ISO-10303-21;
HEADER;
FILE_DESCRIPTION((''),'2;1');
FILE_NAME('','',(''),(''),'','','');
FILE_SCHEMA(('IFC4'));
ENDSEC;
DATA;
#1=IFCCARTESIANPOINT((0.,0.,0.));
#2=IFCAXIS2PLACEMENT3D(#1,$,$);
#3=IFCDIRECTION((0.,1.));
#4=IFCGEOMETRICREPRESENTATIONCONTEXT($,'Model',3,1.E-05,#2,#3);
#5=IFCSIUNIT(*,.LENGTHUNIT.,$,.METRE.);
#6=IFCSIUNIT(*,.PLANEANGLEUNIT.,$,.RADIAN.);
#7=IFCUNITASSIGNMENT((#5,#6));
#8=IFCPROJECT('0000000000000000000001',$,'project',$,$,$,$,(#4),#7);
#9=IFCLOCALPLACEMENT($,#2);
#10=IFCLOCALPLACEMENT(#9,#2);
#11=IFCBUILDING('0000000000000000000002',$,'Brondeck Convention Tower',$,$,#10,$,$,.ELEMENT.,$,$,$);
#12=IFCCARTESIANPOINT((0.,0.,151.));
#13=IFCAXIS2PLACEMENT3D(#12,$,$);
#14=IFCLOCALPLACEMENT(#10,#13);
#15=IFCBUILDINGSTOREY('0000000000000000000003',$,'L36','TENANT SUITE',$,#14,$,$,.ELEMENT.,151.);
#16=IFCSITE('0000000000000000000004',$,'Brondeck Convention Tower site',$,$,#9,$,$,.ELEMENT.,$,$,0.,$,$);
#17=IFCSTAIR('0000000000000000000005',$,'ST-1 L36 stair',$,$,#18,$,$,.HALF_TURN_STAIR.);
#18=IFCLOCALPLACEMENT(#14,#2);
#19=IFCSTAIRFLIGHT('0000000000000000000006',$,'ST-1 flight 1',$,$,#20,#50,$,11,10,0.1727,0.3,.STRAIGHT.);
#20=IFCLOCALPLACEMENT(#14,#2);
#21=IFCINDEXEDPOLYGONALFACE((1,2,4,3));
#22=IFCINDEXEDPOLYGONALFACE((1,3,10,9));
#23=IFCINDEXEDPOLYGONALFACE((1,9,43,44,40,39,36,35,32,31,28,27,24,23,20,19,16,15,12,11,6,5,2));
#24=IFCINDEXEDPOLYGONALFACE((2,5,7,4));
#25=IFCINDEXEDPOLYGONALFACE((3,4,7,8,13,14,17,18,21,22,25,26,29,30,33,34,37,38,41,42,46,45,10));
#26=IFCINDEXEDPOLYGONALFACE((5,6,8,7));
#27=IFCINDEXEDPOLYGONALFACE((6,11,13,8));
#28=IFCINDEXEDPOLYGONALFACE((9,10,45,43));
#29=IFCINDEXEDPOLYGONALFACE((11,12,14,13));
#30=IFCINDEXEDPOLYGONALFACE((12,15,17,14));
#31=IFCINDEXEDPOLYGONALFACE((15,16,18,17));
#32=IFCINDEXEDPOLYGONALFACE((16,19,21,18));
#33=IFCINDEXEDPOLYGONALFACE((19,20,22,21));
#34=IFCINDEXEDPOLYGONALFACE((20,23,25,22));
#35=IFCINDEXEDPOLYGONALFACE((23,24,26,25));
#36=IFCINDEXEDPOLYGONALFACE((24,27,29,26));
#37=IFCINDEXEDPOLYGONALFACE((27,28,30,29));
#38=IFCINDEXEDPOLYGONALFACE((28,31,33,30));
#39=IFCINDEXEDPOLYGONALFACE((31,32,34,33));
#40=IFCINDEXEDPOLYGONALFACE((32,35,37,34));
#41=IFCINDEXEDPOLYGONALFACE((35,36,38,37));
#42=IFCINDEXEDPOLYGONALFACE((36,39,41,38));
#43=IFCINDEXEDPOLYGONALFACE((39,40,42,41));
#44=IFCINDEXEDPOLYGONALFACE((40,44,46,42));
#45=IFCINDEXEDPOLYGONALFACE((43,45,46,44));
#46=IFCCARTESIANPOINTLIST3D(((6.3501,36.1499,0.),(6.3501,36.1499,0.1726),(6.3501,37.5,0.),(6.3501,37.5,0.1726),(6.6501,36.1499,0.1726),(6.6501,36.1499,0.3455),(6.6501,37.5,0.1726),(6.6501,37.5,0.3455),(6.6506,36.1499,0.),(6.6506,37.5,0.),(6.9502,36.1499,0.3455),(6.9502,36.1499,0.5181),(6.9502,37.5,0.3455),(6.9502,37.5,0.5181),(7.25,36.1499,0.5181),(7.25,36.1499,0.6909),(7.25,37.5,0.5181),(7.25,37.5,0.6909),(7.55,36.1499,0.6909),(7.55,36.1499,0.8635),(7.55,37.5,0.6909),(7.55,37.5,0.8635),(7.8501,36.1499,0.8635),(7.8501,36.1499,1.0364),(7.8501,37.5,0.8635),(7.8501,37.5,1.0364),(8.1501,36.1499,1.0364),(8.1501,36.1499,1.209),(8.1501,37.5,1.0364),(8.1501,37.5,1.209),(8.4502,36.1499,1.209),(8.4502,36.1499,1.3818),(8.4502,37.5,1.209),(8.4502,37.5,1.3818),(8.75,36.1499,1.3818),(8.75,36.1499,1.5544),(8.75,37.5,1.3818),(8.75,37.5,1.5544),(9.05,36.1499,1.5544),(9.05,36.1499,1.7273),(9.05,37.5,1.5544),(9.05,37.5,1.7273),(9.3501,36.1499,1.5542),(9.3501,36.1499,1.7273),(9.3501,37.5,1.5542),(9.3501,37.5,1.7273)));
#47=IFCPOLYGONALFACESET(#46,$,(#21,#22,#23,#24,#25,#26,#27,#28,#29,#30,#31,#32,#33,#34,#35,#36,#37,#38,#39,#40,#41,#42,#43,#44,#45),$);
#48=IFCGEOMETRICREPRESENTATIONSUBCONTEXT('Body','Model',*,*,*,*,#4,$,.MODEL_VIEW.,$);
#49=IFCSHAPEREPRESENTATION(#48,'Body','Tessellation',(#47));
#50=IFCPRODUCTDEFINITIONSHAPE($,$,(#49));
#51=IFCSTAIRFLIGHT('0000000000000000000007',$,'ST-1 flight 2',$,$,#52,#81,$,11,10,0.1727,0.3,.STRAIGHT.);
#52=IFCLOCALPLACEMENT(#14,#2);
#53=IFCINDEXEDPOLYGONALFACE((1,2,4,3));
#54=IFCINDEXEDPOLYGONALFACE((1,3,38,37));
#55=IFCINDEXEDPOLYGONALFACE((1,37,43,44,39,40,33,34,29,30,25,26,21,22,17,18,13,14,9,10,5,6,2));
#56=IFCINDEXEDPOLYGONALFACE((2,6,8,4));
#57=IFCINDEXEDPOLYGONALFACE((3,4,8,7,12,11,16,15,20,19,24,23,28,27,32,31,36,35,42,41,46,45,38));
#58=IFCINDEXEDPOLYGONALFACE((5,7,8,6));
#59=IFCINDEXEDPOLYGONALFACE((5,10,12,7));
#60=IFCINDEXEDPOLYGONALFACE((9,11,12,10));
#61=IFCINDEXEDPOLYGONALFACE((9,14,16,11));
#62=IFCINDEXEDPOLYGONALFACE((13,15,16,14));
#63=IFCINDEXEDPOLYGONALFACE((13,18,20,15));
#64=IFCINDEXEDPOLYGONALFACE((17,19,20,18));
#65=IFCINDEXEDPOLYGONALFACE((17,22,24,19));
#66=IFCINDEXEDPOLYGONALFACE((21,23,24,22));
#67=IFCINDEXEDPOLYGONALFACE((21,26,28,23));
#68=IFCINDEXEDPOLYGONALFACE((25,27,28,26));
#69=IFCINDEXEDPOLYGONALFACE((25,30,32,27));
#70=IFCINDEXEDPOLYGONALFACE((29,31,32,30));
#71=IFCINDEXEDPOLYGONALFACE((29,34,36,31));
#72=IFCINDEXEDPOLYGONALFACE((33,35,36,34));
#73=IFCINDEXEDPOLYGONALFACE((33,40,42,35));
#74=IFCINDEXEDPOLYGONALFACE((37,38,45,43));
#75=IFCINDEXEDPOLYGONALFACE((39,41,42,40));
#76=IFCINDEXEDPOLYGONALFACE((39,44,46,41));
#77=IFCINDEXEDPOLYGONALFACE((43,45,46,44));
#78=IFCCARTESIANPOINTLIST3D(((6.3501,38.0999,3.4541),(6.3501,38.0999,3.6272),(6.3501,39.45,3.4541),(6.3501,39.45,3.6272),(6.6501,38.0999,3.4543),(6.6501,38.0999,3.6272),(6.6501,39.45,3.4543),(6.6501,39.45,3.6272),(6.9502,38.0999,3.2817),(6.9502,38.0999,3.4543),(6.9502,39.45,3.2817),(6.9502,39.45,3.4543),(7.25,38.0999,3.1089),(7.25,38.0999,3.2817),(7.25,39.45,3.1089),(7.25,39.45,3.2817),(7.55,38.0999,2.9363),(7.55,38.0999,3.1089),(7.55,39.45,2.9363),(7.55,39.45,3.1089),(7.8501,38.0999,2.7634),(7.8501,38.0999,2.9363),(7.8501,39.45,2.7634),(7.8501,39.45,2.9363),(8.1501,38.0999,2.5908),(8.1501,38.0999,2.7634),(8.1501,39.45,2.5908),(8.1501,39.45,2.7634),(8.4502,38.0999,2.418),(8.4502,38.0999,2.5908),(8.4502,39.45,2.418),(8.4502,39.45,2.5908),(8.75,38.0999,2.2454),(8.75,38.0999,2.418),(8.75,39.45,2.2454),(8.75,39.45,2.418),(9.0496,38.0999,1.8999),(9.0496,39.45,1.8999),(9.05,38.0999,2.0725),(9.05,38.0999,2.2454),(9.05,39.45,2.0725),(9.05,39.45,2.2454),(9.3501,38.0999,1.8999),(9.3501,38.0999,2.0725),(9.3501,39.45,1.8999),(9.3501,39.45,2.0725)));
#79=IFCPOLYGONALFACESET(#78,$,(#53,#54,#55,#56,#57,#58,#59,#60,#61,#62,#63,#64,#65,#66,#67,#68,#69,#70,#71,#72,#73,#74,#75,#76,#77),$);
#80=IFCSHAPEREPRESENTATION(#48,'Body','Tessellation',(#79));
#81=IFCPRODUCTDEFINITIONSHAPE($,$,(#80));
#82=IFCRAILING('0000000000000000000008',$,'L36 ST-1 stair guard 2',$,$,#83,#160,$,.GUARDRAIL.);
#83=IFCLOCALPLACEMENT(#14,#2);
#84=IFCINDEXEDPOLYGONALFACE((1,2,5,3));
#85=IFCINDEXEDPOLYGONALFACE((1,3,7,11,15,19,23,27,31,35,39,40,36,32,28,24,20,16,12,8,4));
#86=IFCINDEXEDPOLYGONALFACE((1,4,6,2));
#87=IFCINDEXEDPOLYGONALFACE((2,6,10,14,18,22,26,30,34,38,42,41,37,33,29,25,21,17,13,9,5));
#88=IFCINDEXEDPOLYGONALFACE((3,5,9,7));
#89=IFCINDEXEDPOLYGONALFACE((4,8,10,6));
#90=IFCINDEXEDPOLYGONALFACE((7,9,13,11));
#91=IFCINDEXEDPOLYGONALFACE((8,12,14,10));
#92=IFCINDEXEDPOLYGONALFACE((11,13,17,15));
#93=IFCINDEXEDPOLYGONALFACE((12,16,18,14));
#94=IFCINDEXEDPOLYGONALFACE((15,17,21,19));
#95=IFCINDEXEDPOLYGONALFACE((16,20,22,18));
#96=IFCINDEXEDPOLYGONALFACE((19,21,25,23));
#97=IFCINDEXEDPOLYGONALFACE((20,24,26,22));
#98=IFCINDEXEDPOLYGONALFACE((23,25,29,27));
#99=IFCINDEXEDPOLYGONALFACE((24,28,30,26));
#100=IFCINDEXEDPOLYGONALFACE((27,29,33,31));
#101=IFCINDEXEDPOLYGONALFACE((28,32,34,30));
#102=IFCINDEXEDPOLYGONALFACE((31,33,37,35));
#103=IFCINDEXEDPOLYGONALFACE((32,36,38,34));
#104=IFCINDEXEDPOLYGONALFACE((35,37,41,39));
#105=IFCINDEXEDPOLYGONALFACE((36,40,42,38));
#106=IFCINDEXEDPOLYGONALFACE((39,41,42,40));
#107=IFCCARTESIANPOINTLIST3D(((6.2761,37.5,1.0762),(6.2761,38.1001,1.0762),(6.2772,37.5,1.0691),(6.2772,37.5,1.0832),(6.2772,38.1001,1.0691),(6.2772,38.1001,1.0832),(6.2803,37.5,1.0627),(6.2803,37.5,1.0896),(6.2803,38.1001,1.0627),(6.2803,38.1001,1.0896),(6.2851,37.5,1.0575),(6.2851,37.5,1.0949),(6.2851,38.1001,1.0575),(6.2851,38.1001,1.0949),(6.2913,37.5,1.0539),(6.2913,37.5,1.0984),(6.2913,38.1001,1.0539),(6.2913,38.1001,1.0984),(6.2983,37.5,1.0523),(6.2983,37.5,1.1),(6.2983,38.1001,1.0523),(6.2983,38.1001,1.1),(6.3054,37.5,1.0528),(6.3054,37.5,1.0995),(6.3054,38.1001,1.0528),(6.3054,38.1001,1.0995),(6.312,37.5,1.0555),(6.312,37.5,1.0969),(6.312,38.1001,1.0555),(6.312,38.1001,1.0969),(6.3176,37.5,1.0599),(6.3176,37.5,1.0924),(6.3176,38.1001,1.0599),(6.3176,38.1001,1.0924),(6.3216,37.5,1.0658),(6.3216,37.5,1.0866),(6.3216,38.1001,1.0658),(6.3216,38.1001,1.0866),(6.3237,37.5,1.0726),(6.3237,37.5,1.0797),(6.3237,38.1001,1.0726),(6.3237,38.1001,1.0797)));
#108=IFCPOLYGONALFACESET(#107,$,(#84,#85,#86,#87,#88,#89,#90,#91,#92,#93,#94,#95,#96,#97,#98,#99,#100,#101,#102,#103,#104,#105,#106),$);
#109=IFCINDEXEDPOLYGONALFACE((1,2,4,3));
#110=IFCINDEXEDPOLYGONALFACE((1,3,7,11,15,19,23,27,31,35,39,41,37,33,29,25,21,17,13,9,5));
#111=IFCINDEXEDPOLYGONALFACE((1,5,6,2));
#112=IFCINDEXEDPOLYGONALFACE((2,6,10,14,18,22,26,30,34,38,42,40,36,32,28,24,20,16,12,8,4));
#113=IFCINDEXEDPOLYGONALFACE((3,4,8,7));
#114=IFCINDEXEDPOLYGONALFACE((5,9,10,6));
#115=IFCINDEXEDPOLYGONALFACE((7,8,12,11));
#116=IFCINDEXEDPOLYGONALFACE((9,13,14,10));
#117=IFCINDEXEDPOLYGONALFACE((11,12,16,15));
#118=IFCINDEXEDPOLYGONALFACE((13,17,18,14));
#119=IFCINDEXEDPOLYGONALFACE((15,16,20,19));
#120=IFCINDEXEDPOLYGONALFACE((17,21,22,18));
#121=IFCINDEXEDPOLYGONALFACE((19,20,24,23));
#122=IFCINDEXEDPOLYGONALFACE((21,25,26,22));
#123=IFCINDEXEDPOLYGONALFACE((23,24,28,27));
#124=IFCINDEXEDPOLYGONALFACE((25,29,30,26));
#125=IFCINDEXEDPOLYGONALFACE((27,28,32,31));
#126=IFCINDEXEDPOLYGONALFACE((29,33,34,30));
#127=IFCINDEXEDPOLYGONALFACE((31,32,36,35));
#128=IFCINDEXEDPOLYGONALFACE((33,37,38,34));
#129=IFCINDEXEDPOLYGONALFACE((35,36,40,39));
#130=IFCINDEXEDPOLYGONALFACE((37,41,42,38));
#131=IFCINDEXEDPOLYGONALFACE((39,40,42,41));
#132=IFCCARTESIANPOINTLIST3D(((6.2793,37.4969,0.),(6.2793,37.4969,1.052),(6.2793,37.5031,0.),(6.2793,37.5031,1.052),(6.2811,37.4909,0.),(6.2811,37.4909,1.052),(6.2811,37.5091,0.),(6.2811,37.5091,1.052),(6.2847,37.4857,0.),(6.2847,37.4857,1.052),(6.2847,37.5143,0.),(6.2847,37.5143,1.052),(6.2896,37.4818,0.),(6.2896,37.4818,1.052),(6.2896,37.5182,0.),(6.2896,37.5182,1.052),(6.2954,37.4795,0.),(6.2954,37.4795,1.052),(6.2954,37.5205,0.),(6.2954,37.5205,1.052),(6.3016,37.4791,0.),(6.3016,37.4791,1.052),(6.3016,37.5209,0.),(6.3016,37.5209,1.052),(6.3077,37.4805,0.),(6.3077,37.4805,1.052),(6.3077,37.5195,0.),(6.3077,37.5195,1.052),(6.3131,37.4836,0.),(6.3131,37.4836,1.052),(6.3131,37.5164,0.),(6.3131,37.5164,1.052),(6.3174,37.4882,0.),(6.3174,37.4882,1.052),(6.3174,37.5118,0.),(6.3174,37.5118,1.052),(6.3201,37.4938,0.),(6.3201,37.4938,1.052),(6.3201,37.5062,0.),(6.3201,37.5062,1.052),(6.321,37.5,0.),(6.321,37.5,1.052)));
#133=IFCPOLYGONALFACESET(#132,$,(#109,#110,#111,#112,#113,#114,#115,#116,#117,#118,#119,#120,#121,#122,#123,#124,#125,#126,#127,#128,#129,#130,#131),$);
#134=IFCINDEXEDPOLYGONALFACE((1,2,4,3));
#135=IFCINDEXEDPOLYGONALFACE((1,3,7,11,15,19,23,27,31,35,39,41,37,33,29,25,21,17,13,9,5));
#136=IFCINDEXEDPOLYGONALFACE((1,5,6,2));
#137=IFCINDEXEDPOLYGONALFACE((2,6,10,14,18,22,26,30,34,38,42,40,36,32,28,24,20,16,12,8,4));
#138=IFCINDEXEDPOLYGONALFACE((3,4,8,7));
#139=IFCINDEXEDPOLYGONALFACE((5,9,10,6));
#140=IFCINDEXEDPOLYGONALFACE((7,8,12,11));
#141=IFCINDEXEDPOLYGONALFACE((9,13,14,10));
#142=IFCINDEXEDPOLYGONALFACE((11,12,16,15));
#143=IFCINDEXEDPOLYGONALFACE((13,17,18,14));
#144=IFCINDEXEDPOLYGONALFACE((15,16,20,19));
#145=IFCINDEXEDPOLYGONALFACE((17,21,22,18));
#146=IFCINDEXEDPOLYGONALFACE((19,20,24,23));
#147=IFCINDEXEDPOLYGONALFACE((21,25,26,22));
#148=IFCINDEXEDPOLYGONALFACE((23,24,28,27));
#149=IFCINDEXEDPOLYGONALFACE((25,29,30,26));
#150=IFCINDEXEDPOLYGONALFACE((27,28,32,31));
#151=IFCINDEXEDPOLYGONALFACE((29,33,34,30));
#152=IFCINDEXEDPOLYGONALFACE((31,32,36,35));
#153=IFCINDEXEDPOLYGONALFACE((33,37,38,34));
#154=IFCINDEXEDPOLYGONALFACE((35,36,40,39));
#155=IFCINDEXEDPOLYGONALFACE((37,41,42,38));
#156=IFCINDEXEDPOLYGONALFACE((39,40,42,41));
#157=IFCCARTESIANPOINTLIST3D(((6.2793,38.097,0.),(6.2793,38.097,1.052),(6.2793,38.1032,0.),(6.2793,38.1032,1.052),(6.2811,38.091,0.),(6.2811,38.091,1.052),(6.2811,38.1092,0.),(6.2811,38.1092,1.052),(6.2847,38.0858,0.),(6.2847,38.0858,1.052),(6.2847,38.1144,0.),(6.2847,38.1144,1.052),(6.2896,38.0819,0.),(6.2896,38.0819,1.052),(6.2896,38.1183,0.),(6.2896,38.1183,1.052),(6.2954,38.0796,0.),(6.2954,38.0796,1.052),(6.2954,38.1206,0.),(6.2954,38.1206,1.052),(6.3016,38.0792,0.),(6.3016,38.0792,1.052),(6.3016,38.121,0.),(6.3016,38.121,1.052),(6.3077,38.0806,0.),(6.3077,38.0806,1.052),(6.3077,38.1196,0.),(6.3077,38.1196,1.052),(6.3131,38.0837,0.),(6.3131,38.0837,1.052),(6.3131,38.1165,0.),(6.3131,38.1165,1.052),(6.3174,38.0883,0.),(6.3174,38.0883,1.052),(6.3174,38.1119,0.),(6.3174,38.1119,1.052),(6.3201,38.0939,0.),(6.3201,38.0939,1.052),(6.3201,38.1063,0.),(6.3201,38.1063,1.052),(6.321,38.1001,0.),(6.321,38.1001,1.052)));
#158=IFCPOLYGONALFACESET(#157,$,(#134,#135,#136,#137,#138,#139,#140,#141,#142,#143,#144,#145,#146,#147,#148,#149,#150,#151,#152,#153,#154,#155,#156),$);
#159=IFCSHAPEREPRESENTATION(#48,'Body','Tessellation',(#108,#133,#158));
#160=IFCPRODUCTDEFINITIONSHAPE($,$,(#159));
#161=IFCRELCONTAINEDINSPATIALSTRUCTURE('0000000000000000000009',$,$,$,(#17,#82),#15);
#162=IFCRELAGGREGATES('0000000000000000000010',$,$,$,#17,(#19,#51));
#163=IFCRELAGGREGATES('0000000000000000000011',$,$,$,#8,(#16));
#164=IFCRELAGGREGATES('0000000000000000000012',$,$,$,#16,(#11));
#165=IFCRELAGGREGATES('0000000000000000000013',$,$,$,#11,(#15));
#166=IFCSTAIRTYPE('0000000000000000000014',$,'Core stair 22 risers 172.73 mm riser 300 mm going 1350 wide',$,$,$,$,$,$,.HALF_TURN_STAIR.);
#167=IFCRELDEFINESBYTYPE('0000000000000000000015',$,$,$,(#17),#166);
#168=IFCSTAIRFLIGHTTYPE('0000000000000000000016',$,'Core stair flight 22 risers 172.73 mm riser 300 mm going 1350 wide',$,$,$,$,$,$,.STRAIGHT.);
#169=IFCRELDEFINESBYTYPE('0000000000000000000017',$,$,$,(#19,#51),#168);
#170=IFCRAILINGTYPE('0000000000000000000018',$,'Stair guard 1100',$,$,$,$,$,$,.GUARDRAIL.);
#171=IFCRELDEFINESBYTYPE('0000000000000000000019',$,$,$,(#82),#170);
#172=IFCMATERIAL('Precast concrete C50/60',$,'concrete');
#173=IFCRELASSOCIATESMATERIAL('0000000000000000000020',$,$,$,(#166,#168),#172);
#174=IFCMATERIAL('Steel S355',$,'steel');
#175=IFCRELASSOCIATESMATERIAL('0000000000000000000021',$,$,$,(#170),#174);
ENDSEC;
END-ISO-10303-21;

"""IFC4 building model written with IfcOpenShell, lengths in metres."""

from ifc_helpers import new_model, si_unit, direction, frame, origin, origin_2d, place, context, subcontext, project, spatial, polyline, circle, outline, extrude, material, type_object, element, aggregate, save


model = new_model("IFC4")

# Units and contexts
model_context = context("Model", 3, precision=1e-05, world=origin(), true_north=direction((0.0, 1.0)))
body_context = subcontext(model_context, "Body", "Model", "MODEL_VIEW")
ifc_project = project(units=[si_unit("LENGTHUNIT", "METRE"), si_unit("PLANEANGLEUNIT", "RADIAN")], contexts=[model_context])

# Site, building, storey
site_placement = place(None, origin())
site = spatial("IfcSite", under=ifc_project, at=site_placement, Name="Brondeck Convention Tower site", CompositionType="ELEMENT", RefElevation=0.0)
building_placement = place(site_placement, origin())
building = spatial("IfcBuilding", under=site, at=building_placement, Name="Brondeck Convention Tower", CompositionType="ELEMENT")
storey_placement = place(building_placement, frame((0.0, 0.0, 151.0)))
storey = spatial("IfcBuildingStorey", under=building, at=storey_placement, Name="L36", Description="TENANT SUITE", CompositionType="ELEMENT", Elevation=151.0)

# Stair, stair flights
ifc_material_1 = material(Name="Precast concrete C50/60", Category="concrete")
stair_type = type_object("IfcStairType", Name="Core stair 22 risers 172.73 mm riser 300 mm going 1350 wide", PredefinedType="HALF_TURN_STAIR", material=ifc_material_1)
stair_placement = place(storey_placement, origin())
stair = element("IfcStair", 1, at=stair_placement, inside=storey, type_object=stair_type, Name="ST-1 L36 stair", PredefinedType="HALF_TURN_STAIR")
stair_flight_type = type_object("IfcStairFlightType", Name="Core stair flight 22 risers 172.73 mm riser 300 mm going 1350 wide", PredefinedType="STRAIGHT", material=ifc_material_1)
stair_flight_1_placement = place(storey_placement, frame((6.3501, 36.825, 0.0), z_axis=(0.0, 0.0, 1.0), x_axis=(1.0, 0.0, 0.0)))
stair_flight_1 = element("IfcStairFlight", 2, at=stair_flight_1_placement, type_object=stair_flight_type, Name="ST-1 flight 1", NumberOfRisers=11, NumberOfTreads=10, PredefinedType="STRAIGHT", RiserHeight=0.1727, TreadLength=0.3, context=body_context, shape_type="SweptSolid", body=[
    extrude(outline(polyline([(0.0, 0.0), (0.0, 0.1726), (0.3, 0.1726), (0.3, 0.3455), (0.6001, 0.3455), (0.6001, 0.5181), (0.8999, 0.5181), (0.8999, 0.6909), (1.2, 0.6909), (1.2, 0.8635), (1.5, 0.8635), (1.5, 1.0364), (1.8, 1.0364), (1.8, 1.209), (2.1001, 1.209), (2.1001, 1.3818), (2.3999, 1.3818), (2.3999, 1.5544), (2.7, 1.5544), (2.7, 1.7273), (3.0, 1.7273), (3.0, 1.8999), (3.0, 1.5542), (0.3005, 0.0), (0.0, 0.0)])), frame((0.0, 0.675, 0.0), z_axis=(0.0, -1.0, 0.0), x_axis=(1.0, 0.0, 0.0)), (0.0, 0.0, 1.0), 1.3501),
])
stair_flight_2_placement = place(storey_placement, frame((9.3501, 38.7749, 1.8999), z_axis=(0.0, 0.0, 1.0), x_axis=(-1.0, 0.0, 0.0)))
stair_flight_2 = element("IfcStairFlight", 3, at=stair_flight_2_placement, type_object=stair_flight_type, Name="ST-1 flight 2", NumberOfRisers=11, NumberOfTreads=10, PredefinedType="STRAIGHT", RiserHeight=0.1727, TreadLength=0.3, context=body_context, shape_type="SweptSolid", body=[
    extrude(outline(polyline([(0.0, 0.0), (0.0, 0.1726), (0.3, 0.1726), (0.3, 0.3455), (0.6001, 0.3455), (0.6001, 0.5181), (0.8999, 0.5181), (0.8999, 0.6909), (1.2, 0.6909), (1.2, 0.8635), (1.5, 0.8635), (1.5, 1.0364), (1.8, 1.0364), (1.8, 1.209), (2.1001, 1.209), (2.1001, 1.3818), (2.3999, 1.3818), (2.3999, 1.5544), (2.7, 1.5544), (2.7, 1.7273), (3.0, 1.7273), (3.0, 1.8999), (3.0, 1.5542), (0.3005, 0.0), (0.0, 0.0)])), frame((0.0, 0.675, 0.0), z_axis=(0.0, -1.0, 0.0), x_axis=(1.0, 0.0, 0.0)), (0.0, 0.0, 1.0), 1.3501),
])
aggregate(stair, [stair_flight_1, stair_flight_2])

# Railing
ifc_material_2 = material(Name="Steel S355", Category="steel")
railing_type_1 = type_object("IfcRailingType", Name="Stair guard 1100", PredefinedType="GUARDRAIL", material=ifc_material_2)
railing_1_placement = place(storey_placement, frame((6.3, 37.5, 0.0)))
element("IfcRailing", 4, at=railing_1_placement, inside=storey, type_object=railing_type_1, Name="L36 ST-1 stair guard 2", PredefinedType="GUARDRAIL", context=body_context, shape_type="SweptSolid", body=[
    extrude(circle(Radius=0.0239, at=origin_2d()), frame((0.0, 0.0, 1.0762), z_axis=(0.0, 1.0, 0.0), x_axis=(-1.0, 0.0, 0.0)), (0.0, 0.0, 1.0), 0.6001),
    extrude(circle(Radius=0.021, at=origin_2d()), origin(), (0.0, 0.0, 1.0), 1.052),
    extrude(circle(Radius=0.021, at=origin_2d()), frame((0.0, 0.6001, 0.0)), (0.0, 0.0, 1.0), 1.052),
])

save(model, "model.ifc")
